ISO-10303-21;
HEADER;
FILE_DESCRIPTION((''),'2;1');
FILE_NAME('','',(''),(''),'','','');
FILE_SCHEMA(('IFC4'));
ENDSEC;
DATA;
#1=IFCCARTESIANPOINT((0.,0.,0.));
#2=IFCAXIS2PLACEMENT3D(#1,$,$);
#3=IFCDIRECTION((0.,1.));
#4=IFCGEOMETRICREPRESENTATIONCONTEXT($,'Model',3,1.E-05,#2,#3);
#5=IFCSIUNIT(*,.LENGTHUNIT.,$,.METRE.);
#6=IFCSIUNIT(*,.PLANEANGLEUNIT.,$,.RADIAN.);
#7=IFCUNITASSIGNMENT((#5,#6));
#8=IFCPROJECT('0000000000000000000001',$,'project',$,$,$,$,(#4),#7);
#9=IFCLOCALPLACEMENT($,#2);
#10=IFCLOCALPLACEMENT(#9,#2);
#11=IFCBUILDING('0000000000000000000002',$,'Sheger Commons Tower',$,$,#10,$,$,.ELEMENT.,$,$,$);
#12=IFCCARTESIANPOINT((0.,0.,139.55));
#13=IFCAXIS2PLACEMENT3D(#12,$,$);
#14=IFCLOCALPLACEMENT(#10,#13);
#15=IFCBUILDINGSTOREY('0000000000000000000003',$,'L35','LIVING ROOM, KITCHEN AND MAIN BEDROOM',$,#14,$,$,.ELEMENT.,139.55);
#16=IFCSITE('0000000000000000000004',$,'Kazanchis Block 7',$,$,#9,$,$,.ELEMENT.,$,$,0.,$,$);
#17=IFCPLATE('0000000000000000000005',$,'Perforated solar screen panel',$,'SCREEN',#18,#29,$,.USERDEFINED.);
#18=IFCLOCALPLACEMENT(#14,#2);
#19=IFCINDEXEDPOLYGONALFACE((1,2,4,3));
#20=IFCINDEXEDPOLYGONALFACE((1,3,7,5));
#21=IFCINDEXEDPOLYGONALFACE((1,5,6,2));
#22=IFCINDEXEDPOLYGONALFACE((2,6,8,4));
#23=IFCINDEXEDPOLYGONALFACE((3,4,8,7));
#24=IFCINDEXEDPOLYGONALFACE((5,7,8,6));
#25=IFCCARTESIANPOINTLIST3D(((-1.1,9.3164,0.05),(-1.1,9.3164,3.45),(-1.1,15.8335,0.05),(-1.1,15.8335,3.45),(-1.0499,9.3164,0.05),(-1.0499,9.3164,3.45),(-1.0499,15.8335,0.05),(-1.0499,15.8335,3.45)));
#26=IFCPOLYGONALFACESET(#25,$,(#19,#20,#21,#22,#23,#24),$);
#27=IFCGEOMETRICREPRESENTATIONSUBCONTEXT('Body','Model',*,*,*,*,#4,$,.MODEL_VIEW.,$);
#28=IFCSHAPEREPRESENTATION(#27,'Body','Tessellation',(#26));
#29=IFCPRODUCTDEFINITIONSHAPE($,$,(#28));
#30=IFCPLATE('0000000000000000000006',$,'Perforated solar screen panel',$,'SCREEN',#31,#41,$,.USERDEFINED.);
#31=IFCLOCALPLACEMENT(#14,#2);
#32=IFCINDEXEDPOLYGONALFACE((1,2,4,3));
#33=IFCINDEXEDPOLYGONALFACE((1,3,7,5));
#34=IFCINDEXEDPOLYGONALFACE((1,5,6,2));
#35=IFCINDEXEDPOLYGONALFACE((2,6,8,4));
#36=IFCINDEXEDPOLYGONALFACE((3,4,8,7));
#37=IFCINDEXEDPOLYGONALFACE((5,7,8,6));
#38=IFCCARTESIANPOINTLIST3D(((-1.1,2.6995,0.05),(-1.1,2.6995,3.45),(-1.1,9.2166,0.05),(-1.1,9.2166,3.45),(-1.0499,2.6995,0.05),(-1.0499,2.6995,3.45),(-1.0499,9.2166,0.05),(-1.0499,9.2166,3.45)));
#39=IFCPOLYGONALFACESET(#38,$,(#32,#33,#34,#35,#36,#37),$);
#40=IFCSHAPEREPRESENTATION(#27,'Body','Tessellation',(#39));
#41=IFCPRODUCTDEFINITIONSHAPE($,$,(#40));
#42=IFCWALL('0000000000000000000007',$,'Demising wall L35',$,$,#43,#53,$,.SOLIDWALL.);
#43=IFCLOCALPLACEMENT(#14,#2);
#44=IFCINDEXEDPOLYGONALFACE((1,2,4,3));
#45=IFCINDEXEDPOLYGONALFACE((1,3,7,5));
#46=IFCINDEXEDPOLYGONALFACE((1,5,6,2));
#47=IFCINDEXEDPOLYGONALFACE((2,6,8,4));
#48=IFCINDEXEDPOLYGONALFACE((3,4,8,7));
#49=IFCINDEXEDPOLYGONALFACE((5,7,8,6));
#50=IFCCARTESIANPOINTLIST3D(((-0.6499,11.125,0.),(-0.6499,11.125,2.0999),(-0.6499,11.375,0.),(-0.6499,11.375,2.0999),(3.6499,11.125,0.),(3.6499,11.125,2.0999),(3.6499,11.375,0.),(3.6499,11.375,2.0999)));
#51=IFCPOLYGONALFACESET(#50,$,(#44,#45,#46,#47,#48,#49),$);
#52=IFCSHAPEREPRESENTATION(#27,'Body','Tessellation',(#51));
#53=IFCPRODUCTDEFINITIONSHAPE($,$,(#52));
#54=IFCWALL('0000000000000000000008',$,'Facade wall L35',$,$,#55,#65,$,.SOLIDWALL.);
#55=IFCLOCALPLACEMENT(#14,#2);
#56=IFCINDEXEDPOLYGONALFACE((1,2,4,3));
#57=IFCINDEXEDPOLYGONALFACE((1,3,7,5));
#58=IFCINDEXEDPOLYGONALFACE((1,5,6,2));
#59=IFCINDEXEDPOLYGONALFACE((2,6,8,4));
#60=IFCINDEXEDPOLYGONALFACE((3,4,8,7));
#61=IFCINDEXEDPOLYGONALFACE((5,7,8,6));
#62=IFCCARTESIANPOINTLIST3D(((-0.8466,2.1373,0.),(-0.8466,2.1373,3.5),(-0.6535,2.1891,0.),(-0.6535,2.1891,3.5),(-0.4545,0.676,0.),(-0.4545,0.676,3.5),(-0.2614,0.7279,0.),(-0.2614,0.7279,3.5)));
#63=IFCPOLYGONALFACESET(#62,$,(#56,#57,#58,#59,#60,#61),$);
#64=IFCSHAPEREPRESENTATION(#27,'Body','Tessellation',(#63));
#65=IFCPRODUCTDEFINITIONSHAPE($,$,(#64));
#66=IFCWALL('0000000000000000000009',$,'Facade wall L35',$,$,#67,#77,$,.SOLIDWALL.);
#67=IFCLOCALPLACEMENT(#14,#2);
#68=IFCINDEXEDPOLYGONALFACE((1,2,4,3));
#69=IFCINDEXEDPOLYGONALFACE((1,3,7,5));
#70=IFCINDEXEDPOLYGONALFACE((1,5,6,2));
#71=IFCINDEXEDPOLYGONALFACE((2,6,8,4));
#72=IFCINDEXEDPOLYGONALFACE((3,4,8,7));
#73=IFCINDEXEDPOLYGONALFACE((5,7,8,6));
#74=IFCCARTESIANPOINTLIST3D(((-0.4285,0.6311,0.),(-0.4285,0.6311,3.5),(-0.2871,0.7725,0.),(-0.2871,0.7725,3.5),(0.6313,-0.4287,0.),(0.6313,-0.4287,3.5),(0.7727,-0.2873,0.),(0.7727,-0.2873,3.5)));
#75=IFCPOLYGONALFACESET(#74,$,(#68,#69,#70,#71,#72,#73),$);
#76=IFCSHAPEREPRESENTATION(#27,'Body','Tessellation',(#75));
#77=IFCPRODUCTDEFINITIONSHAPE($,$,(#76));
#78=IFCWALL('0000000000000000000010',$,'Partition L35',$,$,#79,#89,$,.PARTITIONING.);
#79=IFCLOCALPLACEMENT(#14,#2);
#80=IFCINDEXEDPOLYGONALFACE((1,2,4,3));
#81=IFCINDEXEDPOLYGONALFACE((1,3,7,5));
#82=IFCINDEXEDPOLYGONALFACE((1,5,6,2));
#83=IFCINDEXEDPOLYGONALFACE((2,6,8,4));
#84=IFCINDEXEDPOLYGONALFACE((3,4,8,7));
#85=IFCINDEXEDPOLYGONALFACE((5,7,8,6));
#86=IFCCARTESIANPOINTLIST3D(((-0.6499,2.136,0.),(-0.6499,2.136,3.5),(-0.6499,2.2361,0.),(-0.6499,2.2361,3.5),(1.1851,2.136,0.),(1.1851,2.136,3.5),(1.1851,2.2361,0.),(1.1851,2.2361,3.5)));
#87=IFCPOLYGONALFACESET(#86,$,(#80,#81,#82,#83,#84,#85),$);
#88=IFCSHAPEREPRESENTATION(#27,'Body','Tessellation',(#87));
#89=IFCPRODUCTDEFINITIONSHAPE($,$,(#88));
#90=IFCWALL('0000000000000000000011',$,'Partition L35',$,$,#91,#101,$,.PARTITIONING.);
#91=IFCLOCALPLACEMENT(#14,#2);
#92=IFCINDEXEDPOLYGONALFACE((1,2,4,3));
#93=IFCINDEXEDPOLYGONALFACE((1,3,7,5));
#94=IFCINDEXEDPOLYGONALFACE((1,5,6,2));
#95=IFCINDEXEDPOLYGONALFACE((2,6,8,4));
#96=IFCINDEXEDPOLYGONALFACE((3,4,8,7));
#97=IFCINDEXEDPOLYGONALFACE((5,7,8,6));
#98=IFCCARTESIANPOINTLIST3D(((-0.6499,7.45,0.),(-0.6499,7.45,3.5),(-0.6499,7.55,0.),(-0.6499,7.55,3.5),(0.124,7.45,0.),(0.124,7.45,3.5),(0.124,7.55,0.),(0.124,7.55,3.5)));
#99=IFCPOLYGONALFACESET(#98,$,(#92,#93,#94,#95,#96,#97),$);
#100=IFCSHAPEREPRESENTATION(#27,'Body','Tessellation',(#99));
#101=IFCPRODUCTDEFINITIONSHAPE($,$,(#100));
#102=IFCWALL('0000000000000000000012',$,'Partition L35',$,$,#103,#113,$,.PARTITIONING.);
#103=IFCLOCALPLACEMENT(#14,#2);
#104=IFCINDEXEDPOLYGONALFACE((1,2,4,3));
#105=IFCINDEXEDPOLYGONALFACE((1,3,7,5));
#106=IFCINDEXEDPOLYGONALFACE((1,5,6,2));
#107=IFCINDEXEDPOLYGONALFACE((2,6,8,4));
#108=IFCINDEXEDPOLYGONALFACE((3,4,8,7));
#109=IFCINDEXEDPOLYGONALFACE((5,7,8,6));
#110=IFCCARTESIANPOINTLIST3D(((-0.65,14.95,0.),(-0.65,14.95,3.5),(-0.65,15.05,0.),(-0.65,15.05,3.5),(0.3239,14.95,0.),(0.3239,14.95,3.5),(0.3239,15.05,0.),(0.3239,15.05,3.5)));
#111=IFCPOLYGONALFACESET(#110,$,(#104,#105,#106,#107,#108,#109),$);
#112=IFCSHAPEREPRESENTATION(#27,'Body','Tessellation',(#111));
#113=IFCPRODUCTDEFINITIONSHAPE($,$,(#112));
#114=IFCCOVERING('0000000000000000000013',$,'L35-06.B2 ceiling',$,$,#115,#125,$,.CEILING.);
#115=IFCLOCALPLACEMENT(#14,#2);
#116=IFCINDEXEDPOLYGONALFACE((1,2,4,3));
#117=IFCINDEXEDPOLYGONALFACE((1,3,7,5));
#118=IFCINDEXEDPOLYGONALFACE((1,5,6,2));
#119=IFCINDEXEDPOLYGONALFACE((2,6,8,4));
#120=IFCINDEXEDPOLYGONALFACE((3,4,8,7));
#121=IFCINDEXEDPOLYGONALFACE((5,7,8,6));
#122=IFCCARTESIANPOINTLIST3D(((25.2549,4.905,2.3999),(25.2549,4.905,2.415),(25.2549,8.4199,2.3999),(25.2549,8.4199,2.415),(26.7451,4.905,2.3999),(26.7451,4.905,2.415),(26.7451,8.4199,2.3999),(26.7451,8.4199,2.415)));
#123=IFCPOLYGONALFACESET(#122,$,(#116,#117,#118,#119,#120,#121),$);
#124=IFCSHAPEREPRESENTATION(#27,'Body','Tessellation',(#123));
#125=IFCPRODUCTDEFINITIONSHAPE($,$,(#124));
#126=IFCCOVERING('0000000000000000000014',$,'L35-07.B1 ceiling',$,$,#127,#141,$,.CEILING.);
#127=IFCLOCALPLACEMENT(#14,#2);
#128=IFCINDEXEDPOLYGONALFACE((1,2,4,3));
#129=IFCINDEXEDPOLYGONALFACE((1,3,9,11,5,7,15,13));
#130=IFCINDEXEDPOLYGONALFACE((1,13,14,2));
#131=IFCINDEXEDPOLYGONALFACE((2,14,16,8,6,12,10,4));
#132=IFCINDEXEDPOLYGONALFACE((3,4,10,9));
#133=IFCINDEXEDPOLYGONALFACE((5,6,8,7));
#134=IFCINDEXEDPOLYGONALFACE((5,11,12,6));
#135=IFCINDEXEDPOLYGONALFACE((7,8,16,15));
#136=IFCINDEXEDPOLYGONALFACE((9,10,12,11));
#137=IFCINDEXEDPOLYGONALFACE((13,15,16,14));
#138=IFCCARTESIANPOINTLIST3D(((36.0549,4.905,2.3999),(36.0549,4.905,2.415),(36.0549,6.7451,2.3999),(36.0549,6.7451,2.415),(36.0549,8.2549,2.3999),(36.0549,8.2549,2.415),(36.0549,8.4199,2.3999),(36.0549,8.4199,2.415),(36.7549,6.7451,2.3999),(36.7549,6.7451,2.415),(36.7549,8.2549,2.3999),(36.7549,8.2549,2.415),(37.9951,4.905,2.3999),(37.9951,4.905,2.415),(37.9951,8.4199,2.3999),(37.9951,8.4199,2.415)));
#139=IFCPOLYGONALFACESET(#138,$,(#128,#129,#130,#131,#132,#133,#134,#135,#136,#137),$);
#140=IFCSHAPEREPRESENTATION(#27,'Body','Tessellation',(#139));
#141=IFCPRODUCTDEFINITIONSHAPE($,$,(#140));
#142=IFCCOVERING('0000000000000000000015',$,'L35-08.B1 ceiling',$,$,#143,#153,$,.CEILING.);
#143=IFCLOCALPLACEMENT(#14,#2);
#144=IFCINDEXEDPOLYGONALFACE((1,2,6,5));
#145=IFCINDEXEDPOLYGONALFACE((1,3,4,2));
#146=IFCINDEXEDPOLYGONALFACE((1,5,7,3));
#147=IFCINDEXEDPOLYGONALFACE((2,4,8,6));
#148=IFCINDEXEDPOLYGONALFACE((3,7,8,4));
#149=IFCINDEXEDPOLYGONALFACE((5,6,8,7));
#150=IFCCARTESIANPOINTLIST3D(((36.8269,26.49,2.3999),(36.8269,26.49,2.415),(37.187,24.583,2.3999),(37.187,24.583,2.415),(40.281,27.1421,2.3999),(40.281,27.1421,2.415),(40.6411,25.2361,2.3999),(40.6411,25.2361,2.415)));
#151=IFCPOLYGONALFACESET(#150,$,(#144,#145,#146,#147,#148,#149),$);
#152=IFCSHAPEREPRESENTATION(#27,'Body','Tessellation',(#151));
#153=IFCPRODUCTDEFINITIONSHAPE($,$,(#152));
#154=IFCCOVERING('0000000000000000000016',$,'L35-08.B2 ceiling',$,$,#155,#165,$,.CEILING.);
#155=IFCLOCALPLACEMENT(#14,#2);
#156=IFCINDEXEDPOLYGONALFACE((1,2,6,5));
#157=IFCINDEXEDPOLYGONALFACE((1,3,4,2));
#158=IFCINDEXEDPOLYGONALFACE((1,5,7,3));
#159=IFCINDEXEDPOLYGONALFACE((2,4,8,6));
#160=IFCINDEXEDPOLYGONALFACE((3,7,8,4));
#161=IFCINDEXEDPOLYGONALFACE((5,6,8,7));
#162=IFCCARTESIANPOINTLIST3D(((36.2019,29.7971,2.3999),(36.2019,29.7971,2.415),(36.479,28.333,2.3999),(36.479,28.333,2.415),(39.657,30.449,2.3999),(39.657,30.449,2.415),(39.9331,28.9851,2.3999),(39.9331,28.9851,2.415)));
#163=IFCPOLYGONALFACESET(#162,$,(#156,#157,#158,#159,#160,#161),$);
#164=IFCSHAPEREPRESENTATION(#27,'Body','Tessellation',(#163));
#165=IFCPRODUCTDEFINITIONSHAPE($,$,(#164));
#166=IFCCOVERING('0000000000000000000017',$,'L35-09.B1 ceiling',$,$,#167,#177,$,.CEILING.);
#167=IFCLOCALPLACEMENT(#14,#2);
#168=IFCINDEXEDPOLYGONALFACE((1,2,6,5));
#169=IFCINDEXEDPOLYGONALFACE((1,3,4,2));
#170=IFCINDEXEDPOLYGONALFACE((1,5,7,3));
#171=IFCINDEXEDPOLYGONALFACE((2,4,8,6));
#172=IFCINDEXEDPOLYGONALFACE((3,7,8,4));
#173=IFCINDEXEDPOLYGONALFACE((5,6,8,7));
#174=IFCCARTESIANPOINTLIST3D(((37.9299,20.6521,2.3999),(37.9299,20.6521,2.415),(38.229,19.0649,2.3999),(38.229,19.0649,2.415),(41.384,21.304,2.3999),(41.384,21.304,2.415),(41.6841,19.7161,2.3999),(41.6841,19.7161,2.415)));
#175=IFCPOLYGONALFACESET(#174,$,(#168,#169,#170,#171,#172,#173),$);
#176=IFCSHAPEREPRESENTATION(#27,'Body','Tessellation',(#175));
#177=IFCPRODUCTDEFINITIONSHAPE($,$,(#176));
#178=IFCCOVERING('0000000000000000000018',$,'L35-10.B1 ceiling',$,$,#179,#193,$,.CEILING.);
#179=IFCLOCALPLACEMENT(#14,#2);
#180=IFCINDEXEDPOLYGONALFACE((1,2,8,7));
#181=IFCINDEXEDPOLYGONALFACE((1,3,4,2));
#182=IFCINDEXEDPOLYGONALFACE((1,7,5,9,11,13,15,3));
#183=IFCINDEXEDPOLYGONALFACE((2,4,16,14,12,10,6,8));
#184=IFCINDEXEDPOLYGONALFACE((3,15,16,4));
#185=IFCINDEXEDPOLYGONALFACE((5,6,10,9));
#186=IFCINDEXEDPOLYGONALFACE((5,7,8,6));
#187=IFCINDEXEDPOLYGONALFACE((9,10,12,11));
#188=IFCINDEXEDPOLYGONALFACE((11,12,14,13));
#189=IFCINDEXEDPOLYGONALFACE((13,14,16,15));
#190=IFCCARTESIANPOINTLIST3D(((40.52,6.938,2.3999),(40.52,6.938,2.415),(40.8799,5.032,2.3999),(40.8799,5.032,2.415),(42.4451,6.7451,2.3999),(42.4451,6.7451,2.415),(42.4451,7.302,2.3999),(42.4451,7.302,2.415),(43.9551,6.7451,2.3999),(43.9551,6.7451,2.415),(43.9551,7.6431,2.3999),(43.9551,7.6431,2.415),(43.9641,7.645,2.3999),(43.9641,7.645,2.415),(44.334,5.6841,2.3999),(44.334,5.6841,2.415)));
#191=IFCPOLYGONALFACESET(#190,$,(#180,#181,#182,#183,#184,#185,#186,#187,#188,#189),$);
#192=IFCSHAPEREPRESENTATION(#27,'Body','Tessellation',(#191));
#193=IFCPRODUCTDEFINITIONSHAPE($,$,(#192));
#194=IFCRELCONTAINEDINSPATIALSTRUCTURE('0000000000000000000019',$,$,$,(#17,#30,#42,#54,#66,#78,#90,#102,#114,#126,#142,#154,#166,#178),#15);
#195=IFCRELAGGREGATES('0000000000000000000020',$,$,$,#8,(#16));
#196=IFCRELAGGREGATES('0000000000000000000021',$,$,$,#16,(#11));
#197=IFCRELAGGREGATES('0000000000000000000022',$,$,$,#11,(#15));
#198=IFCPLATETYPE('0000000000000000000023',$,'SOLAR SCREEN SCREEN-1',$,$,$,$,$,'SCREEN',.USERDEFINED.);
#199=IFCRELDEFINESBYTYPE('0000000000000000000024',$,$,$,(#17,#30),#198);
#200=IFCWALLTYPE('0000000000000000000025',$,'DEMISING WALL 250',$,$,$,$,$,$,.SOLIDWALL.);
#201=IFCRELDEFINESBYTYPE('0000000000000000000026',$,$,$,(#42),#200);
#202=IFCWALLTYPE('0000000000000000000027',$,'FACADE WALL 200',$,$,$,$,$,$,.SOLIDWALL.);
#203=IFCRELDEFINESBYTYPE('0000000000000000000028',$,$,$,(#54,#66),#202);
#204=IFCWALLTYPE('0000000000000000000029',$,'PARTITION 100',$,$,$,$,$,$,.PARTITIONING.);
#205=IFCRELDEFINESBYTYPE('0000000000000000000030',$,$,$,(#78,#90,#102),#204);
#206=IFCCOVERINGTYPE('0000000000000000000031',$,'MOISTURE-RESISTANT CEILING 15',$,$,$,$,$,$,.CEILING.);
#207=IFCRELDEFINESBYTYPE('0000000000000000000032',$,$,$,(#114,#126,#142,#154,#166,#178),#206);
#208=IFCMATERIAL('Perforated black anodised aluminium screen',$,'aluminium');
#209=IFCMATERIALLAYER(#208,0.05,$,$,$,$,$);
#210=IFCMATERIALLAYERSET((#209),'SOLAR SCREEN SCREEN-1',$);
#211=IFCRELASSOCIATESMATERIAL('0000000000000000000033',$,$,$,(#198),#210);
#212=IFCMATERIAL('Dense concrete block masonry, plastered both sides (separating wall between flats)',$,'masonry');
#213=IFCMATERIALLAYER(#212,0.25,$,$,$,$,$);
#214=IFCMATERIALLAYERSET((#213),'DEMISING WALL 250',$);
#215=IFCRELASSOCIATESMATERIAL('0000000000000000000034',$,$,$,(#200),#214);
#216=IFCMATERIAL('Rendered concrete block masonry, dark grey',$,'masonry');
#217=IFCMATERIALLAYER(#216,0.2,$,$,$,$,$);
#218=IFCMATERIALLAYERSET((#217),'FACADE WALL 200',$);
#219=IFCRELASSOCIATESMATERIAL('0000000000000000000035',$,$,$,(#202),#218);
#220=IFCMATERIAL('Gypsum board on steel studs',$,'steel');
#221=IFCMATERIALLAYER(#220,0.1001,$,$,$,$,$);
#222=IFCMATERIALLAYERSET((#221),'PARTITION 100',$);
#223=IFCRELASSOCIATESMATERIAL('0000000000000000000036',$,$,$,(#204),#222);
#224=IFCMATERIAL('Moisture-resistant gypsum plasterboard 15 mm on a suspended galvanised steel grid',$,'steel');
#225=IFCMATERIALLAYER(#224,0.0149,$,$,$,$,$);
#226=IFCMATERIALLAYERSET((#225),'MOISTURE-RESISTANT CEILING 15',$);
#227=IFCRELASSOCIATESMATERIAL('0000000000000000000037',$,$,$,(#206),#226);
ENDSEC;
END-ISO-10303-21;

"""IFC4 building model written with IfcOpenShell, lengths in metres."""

from ifc_helpers import new_model, si_unit, direction, frame, frame_2d, origin, origin_2d, place, context, subcontext, project, spatial, polyline, rectangle, outline, extrude, material, layer, layer_set, type_object, element, save


model = new_model("IFC4")

# Units and contexts
model_context = context("Model", 3, precision=1e-05, world=origin(), true_north=direction((0.0, 1.0)))
body_context = subcontext(model_context, "Body", "Model", "MODEL_VIEW")
ifc_project = project(units=[si_unit("LENGTHUNIT", "METRE"), si_unit("PLANEANGLEUNIT", "RADIAN")], contexts=[model_context])

# Site, building, storey
site_placement = place(None, origin())
site = spatial("IfcSite", under=ifc_project, at=site_placement, Name="Kazanchis Block 7", CompositionType="ELEMENT", RefElevation=0.0)
building_placement = place(site_placement, origin())
building = spatial("IfcBuilding", under=site, at=building_placement, Name="Sheger Commons Tower", CompositionType="ELEMENT")
storey_placement = place(building_placement, frame((0.0, 0.0, 139.55)))
storey = spatial("IfcBuildingStorey", under=building, at=storey_placement, Name="L35", Description="LIVING ROOM, KITCHEN AND MAIN BEDROOM", CompositionType="ELEMENT", Elevation=139.55)

# Plates
ifc_material_1 = material(Name="Perforated black anodised aluminium screen", Category="aluminium")
ifc_layer_1 = layer(ifc_material_1, 0.05)
ifc_layer_set_1 = layer_set([ifc_layer_1], Name="SOLAR SCREEN SCREEN-1")
plate_type = type_object("IfcPlateType", Name="SOLAR SCREEN SCREEN-1", ElementType="SCREEN", PredefinedType="USERDEFINED", material=ifc_layer_set_1)
for number, where, z_axis, x_axis, name in (
    (1, (-1.075, 12.575, 0.05), (0.0, 0.0, 1.0), (0.0, -1.0, 0.0), "Perforated solar screen panel"),
    (2, (-1.075, 5.958, 0.05), (0.0, 0.0, 1.0), (0.0, -1.0, 0.0), "Perforated solar screen panel"),
):
    element("IfcPlate", number, at=place(storey_placement, frame(where, z_axis=z_axis, x_axis=x_axis)), inside=storey, type_object=plate_type, Name=name, ObjectType="SCREEN", PredefinedType="USERDEFINED", context=body_context, shape_type="SweptSolid", body=[
        extrude(rectangle(XDim=6.5171, YDim=0.05, at=origin_2d()), origin(), (0.0, 0.0, 1.0), 3.3999),
    ])

# Walls
ifc_material_2 = material(Name="Dense concrete block masonry, plastered both sides (separating wall between flats)", Category="masonry")
ifc_layer_2 = layer(ifc_material_2, 0.25)
ifc_layer_set_2 = layer_set([ifc_layer_2], Name="DEMISING WALL 250")
wall_type_1 = type_object("IfcWallType", Name="DEMISING WALL 250", PredefinedType="SOLIDWALL", material=ifc_layer_set_2)
wall_1_placement = place(storey_placement, frame((-0.6499, 11.25, 0.0), z_axis=(0.0, 0.0, 1.0), x_axis=(1.0, 0.0, 0.0)))
element("IfcWall", 3, at=wall_1_placement, inside=storey, type_object=wall_type_1, Name="Demising wall L35", PredefinedType="SOLIDWALL", context=body_context, shape_type="SweptSolid", body=[
    extrude(rectangle(XDim=4.2998, YDim=0.25, at=frame_2d((2.1499, 0.0))), origin(), (0.0, 0.0, 1.0), 2.0999),
])
ifc_material_3 = material(Name="Rendered concrete block masonry, dark grey", Category="masonry")
ifc_layer_3 = layer(ifc_material_3, 0.2)
ifc_layer_set_3 = layer_set([ifc_layer_3], Name="FACADE WALL 200")
wall_type_2 = type_object("IfcWallType", Name="FACADE WALL 200", PredefinedType="SOLIDWALL", material=ifc_layer_set_3)
wall_2_placement = place(storey_placement, frame((-0.75, 2.1631, 0.0), z_axis=(0.0, 0.0, 1.0), x_axis=(0.259169, -0.965832, 0.0)))
element("IfcWall", 4, at=wall_2_placement, inside=storey, type_object=wall_type_2, Name="Facade wall L35", PredefinedType="SOLIDWALL", context=body_context, shape_type="SweptSolid", body=[
    extrude(rectangle(XDim=1.5129, YDim=0.2, at=frame_2d((0.7563, 0.0))), origin(), (0.0, 0.0, 1.0), 3.5),
])
wall_3_placement = place(storey_placement, frame((-0.3579, 0.7019, 0.0), z_axis=(0.0, 0.0, 1.0), x_axis=(0.707107, -0.707107, 0.0)))
element("IfcWall", 5, at=wall_3_placement, inside=storey, type_object=wall_type_2, Name="Facade wall L35", PredefinedType="SOLIDWALL", context=body_context, shape_type="SweptSolid", body=[
    extrude(rectangle(XDim=1.4988, YDim=0.2, at=frame_2d((0.7495, 0.0))), origin(), (0.0, 0.0, 1.0), 3.5),
])
ifc_material_4 = material(Name="Gypsum board on steel studs", Category="steel")
ifc_layer_4 = layer(ifc_material_4, 0.1001)
ifc_layer_set_4 = layer_set([ifc_layer_4], Name="PARTITION 100")
wall_type_3 = type_object("IfcWallType", Name="PARTITION 100", PredefinedType="PARTITIONING", material=ifc_layer_set_4)
wall_4_placement = place(storey_placement, frame((-0.6499, 2.186, 0.0), z_axis=(0.0, 0.0, 1.0), x_axis=(1.0, 0.0, 0.0)))
element("IfcWall", 6, at=wall_4_placement, inside=storey, type_object=wall_type_3, Name="Partition L35", PredefinedType="PARTITIONING", context=body_context, shape_type="SweptSolid", body=[
    extrude(rectangle(XDim=1.835, YDim=0.1001, at=frame_2d((0.9175, 0.0))), origin(), (0.0, 0.0, 1.0), 3.5),
])
wall_5_placement = place(storey_placement, frame((-0.6499, 7.5, 0.0), z_axis=(0.0, 0.0, 1.0), x_axis=(1.0, 0.0, 0.0)))
element("IfcWall", 7, at=wall_5_placement, inside=storey, type_object=wall_type_3, Name="Partition L35", PredefinedType="PARTITIONING", context=body_context, shape_type="SweptSolid", body=[
    extrude(rectangle(XDim=0.7739, YDim=0.1001, at=frame_2d((0.387, 0.0))), origin(), (0.0, 0.0, 1.0), 3.5),
])
wall_6_placement = place(storey_placement, frame((-0.6499, 15.0, 0.0), z_axis=(0.0, 0.0, 1.0), x_axis=(1.0, 0.0, 0.0)))
element("IfcWall", 8, at=wall_6_placement, inside=storey, type_object=wall_type_3, Name="Partition L35", PredefinedType="PARTITIONING", context=body_context, shape_type="SweptSolid", body=[
    extrude(rectangle(XDim=0.9739, YDim=0.1001, at=frame_2d((0.4868, 0.0))), origin(), (0.0, 0.0, 1.0), 3.5),
])

# Coverings
ifc_material_5 = material(Name="Moisture-resistant gypsum plasterboard 15 mm on a suspended galvanised steel grid", Category="steel")
ifc_layer_5 = layer(ifc_material_5, 0.0149)
ifc_layer_set_5 = layer_set([ifc_layer_5], Name="MOISTURE-RESISTANT CEILING 15")
covering_type_1 = type_object("IfcCoveringType", Name="MOISTURE-RESISTANT CEILING 15", PredefinedType="CEILING", material=ifc_layer_set_5)
covering_1_placement = place(storey_placement, frame((0.0, 0.0, 2.3999)))
element("IfcCovering", 9, at=covering_1_placement, inside=storey, type_object=covering_type_1, Name="L35-06.B2 ceiling", PredefinedType="CEILING", context=body_context, shape_type="SweptSolid", body=[
    extrude(outline(polyline([(25.2549, 4.905), (26.7451, 4.905), (26.7451, 8.4199), (25.2549, 8.4199), (25.2549, 4.905)])), origin(), (0.0, 0.0, 1.0), 0.0151),
])
covering_2_placement = place(storey_placement, frame((0.0, 0.0, 2.3999)))
element("IfcCovering", 10, at=covering_2_placement, inside=storey, type_object=covering_type_1, Name="L35-07.B1 ceiling", PredefinedType="CEILING", context=body_context, shape_type="SweptSolid", body=[
    extrude(outline(polyline([(36.0549, 4.905), (37.9951, 4.905), (37.9951, 8.4199), (36.0549, 8.4199), (36.0549, 8.2549), (36.7549, 8.2549), (36.7549, 6.7451), (36.0549, 6.7451), (36.0549, 4.905)])), origin(), (0.0, 0.0, 1.0), 0.0151),
])
covering_3_placement = place(storey_placement, frame((0.0, 0.0, 2.3999)))
element("IfcCovering", 11, at=covering_3_placement, inside=storey, type_object=covering_type_1, Name="L35-08.B1 ceiling", PredefinedType="CEILING", context=body_context, shape_type="SweptSolid", body=[
    extrude(outline(polyline([(37.187, 24.583), (40.6411, 25.2361), (40.281, 27.1421), (36.8269, 26.49), (37.187, 24.583)])), origin(), (0.0, 0.0, 1.0), 0.0151),
])
covering_4_placement = place(storey_placement, frame((0.0, 0.0, 2.3999)))
element("IfcCovering", 12, at=covering_4_placement, inside=storey, type_object=covering_type_1, Name="L35-08.B2 ceiling", PredefinedType="CEILING", context=body_context, shape_type="SweptSolid", body=[
    extrude(outline(polyline([(36.479, 28.333), (39.9331, 28.9851), (39.657, 30.449), (36.2019, 29.7971), (36.479, 28.333)])), origin(), (0.0, 0.0, 1.0), 0.0151),
])
covering_5_placement = place(storey_placement, frame((0.0, 0.0, 2.3999)))
element("IfcCovering", 13, at=covering_5_placement, inside=storey, type_object=covering_type_1, Name="L35-09.B1 ceiling", PredefinedType="CEILING", context=body_context, shape_type="SweptSolid", body=[
    extrude(outline(polyline([(38.229, 19.0649), (41.6841, 19.7161), (41.384, 21.304), (37.9299, 20.6521), (38.229, 19.0649)])), origin(), (0.0, 0.0, 1.0), 0.0151),
])
covering_6_placement = place(storey_placement, frame((0.0, 0.0, 2.3999)))
element("IfcCovering", 14, at=covering_6_placement, inside=storey, type_object=covering_type_1, Name="L35-10.B1 ceiling", PredefinedType="CEILING", context=body_context, shape_type="SweptSolid", body=[
    extrude(outline(polyline([(40.8799, 5.032), (44.334, 5.6841), (43.9641, 7.645), (43.9551, 7.6431), (43.9551, 6.7451), (42.4451, 6.7451), (42.4451, 7.302), (40.52, 6.938), (40.8799, 5.032)])), origin(), (0.0, 0.0, 1.0), 0.0151),
])

save(model, "model.ifc")
